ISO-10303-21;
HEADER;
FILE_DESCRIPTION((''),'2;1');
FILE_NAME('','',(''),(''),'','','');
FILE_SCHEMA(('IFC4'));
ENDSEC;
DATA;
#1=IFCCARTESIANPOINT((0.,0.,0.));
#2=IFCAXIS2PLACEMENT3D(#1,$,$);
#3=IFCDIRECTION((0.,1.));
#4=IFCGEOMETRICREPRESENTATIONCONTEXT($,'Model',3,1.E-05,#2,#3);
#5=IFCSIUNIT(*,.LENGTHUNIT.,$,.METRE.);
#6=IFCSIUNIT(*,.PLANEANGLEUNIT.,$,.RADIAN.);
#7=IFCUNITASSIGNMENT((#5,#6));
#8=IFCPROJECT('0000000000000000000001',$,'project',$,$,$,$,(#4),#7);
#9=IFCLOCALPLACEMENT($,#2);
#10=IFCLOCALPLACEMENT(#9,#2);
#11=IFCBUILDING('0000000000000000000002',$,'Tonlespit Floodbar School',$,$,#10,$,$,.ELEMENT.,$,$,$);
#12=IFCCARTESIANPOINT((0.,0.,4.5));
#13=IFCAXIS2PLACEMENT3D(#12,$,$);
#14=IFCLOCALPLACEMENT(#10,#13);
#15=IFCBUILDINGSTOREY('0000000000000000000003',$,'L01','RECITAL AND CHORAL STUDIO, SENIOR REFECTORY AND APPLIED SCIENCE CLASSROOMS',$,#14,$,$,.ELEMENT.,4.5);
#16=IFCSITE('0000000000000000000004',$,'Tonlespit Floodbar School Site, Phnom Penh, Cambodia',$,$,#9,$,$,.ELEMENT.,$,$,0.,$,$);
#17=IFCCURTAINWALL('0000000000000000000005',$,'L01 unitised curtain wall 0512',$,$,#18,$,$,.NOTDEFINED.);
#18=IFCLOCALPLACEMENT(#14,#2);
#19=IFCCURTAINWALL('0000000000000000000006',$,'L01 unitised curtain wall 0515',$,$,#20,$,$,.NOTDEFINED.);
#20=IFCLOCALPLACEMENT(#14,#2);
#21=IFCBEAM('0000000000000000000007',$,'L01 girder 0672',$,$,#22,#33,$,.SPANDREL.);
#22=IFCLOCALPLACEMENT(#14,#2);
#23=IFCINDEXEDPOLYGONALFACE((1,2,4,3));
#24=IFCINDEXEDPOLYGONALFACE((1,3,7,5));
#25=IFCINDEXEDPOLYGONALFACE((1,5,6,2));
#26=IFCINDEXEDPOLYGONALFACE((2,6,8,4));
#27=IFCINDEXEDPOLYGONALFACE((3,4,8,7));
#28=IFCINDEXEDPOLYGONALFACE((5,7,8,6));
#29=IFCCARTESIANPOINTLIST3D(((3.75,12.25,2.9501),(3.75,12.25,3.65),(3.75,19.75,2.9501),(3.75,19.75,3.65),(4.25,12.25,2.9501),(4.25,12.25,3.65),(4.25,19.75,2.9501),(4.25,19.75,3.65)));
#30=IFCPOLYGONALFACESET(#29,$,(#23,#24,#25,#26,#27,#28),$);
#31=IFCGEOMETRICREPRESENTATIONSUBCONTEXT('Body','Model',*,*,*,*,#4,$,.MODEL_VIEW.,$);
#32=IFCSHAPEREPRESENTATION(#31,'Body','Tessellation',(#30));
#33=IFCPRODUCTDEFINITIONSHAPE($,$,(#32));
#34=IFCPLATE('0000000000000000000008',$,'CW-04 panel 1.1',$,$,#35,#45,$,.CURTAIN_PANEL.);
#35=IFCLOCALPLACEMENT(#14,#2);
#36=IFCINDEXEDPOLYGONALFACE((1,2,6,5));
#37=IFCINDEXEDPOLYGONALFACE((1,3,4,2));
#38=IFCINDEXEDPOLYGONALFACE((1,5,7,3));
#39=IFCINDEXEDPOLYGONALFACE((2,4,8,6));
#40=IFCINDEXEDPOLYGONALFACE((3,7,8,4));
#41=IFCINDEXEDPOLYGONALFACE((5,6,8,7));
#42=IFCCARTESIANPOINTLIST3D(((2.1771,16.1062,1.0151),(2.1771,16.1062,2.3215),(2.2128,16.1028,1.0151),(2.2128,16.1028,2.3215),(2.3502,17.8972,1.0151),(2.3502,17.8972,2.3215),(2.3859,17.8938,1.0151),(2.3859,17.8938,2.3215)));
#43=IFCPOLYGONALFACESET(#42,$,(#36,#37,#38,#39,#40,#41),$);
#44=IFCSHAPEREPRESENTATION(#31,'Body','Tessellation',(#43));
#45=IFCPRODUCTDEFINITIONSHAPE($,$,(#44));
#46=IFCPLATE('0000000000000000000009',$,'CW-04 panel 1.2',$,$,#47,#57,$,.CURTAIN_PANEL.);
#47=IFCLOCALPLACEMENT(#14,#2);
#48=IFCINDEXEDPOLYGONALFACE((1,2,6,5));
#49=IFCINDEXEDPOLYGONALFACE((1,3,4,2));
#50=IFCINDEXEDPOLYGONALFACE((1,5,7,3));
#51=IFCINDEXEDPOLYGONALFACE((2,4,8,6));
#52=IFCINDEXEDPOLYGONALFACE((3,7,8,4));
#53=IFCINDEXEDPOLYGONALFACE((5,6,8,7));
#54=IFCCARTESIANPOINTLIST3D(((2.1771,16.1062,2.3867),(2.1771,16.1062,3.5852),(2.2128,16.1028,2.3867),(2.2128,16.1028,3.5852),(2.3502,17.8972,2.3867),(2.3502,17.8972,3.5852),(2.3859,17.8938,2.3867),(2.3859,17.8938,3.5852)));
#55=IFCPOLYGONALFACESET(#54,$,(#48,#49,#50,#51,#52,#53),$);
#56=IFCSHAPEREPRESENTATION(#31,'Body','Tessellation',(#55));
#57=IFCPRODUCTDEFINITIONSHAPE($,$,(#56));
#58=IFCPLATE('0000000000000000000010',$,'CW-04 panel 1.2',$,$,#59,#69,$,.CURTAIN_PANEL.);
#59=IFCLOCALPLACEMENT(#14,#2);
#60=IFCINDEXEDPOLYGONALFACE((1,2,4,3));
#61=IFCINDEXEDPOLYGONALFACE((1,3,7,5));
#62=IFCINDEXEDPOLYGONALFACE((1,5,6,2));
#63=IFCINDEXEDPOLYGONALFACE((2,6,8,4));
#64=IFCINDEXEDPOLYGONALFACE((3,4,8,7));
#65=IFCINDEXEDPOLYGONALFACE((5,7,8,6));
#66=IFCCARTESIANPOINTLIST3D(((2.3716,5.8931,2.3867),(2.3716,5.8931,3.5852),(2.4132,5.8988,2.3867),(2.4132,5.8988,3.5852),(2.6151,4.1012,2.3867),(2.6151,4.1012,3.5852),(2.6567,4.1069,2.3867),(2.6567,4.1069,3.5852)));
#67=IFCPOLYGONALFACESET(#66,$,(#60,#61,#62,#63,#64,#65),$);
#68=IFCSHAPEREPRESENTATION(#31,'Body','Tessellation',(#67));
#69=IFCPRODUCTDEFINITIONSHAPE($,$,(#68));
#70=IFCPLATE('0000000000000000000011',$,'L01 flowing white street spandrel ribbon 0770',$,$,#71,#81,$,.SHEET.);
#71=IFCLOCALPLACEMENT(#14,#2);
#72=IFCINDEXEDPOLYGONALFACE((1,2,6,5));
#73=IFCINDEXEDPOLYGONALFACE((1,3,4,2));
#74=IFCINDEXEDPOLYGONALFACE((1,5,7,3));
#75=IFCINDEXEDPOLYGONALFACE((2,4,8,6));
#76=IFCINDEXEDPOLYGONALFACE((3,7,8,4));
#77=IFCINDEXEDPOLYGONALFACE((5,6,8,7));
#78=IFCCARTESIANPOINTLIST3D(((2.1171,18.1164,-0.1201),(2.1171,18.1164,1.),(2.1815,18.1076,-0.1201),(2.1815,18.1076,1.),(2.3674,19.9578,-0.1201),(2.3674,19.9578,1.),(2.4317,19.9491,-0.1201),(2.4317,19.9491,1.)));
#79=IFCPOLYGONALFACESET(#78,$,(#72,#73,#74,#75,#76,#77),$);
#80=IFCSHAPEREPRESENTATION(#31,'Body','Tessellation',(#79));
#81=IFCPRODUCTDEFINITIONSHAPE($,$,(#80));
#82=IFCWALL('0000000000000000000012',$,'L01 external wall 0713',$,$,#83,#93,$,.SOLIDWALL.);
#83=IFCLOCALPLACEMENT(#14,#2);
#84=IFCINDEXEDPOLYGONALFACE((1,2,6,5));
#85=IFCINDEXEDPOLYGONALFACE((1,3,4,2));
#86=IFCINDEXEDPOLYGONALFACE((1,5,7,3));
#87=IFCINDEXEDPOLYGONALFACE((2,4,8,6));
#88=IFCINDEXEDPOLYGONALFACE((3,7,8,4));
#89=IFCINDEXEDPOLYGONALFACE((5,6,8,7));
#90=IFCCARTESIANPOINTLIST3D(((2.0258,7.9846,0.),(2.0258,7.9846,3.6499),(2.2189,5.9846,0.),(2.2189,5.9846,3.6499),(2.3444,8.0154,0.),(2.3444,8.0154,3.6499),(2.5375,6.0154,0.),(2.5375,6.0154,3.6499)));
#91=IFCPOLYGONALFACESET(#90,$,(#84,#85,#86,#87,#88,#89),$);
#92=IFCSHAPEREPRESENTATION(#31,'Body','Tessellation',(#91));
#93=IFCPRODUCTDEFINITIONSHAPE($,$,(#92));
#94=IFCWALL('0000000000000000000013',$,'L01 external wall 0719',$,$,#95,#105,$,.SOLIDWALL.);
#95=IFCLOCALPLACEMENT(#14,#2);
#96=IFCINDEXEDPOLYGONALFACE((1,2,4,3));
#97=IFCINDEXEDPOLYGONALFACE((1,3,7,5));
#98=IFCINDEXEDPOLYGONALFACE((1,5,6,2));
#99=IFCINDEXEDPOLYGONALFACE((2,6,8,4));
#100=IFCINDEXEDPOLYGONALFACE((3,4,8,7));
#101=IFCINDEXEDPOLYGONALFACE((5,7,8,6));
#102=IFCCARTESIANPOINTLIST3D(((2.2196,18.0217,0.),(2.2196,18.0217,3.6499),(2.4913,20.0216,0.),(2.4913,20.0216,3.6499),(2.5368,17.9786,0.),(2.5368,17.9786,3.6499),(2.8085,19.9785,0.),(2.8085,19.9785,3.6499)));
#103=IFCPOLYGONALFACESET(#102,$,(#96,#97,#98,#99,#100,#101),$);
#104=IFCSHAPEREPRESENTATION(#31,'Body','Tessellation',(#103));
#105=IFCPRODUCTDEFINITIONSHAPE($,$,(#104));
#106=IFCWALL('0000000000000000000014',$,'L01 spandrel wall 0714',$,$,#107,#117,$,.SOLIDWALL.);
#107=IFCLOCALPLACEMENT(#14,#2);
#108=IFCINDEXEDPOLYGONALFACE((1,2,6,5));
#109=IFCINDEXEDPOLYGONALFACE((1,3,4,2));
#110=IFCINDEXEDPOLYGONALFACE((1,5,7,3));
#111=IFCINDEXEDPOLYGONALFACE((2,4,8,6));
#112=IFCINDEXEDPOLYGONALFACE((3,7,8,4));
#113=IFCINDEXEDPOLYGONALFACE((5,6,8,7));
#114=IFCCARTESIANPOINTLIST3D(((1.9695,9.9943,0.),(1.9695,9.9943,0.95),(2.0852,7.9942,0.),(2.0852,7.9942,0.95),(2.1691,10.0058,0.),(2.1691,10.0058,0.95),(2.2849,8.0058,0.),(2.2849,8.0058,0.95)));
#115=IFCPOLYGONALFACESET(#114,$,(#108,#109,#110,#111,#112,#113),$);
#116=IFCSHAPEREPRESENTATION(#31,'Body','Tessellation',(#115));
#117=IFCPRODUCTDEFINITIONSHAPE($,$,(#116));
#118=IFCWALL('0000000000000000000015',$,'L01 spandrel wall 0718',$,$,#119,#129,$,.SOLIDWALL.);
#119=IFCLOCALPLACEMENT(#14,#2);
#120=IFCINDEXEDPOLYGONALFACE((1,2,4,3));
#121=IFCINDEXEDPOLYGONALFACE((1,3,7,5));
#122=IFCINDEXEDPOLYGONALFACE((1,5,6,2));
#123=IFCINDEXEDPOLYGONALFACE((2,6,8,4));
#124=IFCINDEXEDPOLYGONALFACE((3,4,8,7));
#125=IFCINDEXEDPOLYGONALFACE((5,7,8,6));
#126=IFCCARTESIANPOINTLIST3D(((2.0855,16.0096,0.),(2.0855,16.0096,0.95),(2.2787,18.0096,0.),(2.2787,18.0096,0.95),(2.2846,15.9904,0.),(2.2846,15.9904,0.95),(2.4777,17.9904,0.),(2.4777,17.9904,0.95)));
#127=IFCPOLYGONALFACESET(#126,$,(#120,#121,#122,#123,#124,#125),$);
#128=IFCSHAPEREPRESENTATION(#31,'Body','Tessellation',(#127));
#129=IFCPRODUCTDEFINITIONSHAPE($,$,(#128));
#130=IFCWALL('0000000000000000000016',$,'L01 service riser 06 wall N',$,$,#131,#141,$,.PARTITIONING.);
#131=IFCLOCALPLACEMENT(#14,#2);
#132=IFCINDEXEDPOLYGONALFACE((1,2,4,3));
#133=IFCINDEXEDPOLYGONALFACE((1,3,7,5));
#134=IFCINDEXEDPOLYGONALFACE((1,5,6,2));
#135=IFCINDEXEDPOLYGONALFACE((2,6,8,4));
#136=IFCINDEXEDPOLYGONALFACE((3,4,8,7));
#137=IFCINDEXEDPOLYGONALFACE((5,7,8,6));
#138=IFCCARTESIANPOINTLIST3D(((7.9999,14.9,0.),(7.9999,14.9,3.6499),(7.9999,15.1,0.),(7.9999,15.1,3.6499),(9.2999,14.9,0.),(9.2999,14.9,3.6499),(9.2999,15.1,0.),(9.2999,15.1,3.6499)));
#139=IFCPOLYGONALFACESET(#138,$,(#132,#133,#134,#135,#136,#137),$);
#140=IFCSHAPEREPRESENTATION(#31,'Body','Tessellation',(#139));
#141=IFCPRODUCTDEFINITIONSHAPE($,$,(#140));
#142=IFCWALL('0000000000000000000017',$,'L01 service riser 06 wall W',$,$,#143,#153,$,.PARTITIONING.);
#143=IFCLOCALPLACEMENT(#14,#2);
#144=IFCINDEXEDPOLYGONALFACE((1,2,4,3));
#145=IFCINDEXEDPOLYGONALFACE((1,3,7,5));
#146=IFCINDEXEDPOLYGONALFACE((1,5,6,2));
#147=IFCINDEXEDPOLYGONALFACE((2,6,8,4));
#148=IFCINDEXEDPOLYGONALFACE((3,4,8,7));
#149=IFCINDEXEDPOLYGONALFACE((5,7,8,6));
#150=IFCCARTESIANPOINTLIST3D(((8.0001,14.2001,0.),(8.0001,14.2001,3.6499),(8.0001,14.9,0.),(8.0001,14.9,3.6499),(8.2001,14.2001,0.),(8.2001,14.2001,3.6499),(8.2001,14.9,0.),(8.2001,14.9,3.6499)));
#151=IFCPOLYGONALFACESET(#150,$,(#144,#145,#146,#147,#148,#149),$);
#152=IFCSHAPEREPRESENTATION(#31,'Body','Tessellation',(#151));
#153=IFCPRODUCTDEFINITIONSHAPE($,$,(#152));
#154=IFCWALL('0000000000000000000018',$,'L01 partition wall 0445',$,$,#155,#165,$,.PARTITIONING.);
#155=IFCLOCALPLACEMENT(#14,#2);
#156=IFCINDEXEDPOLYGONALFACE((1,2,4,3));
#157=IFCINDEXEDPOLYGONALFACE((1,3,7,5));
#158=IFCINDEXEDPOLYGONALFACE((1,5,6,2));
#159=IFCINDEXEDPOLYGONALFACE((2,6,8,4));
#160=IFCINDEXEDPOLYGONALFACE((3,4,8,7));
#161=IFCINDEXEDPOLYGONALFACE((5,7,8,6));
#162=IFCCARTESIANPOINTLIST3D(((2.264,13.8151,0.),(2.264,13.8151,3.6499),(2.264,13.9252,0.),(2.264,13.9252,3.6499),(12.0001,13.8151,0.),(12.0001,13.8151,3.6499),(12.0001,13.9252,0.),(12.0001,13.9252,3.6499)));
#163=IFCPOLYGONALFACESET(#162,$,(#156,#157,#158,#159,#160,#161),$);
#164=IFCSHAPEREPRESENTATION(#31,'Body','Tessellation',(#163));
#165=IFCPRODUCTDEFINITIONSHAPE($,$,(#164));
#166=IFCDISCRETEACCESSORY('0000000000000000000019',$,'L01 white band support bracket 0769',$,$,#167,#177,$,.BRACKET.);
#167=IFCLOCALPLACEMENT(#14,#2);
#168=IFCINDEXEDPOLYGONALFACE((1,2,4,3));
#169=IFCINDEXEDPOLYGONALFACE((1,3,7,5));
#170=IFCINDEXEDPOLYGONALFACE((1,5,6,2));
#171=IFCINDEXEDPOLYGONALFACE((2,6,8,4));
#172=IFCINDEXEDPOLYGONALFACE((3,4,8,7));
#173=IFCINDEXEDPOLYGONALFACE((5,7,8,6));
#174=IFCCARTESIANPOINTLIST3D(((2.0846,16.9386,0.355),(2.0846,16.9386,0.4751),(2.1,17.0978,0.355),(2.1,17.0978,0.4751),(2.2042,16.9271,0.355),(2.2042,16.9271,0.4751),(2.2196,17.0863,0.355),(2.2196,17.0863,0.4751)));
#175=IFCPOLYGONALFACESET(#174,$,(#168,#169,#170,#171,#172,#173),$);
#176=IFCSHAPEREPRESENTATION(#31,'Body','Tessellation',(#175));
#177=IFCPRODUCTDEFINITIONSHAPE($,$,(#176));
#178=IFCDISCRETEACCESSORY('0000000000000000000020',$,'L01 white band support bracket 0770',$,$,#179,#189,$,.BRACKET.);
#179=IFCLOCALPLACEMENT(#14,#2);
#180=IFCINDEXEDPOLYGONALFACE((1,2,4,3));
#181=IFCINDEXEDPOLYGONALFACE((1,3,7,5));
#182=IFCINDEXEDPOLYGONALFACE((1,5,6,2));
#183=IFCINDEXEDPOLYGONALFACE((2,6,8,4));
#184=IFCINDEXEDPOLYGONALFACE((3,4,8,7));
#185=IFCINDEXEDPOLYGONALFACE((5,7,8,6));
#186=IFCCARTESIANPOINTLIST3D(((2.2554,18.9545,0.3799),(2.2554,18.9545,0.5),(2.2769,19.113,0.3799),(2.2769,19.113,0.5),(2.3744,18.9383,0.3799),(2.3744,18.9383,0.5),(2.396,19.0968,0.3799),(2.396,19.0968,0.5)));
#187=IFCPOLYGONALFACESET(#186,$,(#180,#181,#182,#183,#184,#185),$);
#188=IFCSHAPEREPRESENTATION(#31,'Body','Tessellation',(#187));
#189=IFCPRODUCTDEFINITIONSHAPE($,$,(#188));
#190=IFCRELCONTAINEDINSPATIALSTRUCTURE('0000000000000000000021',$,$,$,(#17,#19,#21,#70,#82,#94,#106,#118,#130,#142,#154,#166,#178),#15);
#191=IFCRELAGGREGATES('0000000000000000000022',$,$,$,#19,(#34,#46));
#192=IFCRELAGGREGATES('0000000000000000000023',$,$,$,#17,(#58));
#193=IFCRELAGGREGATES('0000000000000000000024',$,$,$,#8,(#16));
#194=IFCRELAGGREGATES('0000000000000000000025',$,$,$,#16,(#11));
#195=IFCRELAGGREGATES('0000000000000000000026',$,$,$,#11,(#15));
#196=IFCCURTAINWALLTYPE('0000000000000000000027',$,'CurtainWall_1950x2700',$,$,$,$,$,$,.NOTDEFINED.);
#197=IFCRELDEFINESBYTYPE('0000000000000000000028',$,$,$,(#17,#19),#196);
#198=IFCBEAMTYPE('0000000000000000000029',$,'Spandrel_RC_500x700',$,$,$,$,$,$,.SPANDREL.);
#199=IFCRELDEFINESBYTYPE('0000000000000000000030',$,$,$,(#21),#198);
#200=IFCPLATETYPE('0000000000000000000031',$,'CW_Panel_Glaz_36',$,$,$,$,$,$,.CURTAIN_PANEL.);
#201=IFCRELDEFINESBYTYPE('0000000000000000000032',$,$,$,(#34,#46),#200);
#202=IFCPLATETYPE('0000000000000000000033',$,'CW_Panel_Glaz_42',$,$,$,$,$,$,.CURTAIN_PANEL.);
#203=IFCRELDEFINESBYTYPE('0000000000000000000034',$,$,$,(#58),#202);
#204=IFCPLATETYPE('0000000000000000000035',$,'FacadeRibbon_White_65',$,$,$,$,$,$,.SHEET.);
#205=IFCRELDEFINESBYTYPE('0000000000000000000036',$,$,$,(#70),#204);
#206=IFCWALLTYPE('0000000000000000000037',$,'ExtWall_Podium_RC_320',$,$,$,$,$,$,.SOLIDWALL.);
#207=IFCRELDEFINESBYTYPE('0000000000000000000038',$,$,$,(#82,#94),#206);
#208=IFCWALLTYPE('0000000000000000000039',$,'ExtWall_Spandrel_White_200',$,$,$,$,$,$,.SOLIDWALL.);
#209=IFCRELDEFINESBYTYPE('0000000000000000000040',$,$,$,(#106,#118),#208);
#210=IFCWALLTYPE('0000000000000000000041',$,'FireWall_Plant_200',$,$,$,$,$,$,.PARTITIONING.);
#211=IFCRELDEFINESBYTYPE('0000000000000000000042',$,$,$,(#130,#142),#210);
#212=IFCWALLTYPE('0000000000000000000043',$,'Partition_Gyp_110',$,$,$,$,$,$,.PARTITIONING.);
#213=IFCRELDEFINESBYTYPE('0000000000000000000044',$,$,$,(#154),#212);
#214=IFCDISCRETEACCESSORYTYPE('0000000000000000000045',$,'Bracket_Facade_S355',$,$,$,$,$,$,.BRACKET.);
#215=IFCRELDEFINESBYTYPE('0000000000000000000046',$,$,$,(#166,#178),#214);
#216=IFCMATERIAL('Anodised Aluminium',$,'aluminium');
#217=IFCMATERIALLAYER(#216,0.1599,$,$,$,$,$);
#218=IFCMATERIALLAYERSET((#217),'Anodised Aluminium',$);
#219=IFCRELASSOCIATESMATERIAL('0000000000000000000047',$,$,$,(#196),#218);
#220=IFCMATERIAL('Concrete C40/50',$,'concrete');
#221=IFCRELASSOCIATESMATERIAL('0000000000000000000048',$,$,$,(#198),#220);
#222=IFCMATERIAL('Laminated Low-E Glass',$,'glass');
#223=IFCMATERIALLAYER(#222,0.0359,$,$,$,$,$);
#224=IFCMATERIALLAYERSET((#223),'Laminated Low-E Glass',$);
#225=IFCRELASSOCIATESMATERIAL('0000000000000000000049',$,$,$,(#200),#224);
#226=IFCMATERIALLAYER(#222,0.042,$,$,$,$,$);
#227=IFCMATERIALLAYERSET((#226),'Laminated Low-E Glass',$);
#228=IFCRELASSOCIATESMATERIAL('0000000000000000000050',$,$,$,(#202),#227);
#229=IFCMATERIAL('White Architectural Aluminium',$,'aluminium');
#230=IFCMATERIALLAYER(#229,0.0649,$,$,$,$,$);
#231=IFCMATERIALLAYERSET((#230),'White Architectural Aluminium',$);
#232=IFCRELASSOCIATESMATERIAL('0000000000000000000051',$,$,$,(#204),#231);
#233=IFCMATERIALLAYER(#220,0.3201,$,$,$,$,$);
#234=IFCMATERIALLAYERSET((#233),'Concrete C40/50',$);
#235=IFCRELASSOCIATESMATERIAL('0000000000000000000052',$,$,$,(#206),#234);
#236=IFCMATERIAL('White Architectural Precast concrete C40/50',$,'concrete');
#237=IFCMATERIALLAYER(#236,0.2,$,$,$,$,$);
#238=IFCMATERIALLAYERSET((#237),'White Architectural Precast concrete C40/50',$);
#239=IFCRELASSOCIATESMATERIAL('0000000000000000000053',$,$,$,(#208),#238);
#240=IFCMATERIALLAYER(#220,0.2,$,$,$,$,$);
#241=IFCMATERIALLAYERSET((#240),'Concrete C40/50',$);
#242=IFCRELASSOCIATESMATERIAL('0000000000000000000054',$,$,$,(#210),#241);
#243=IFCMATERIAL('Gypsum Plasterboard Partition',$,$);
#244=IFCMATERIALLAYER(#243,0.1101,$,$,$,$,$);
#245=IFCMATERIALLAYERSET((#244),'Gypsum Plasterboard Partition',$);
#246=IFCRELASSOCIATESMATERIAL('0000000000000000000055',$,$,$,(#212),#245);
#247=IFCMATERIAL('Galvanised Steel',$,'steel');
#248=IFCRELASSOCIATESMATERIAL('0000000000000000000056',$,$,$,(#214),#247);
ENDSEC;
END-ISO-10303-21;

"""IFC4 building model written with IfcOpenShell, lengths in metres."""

from ifc_helpers import new_model, si_unit, direction, frame, frame_2d, origin, origin_2d, place, context, subcontext, project, spatial, rectangle, extrude, material, layer, layer_set, material_profile, profile_set, type_object, element, aggregate, save


model = new_model("IFC4")

# Units and contexts
model_context = context("Model", 3, precision=1e-05, world=origin(), true_north=direction((0.0, 1.0)))
body_context = subcontext(model_context, "Body", "Model", "MODEL_VIEW")
ifc_project = project(units=[si_unit("LENGTHUNIT", "METRE"), si_unit("PLANEANGLEUNIT", "RADIAN")], contexts=[model_context])

# Site, building, storey
site_placement = place(None, origin())
site = spatial("IfcSite", under=ifc_project, at=site_placement, Name="Tonlespit Floodbar School Site, Phnom Penh, Cambodia", CompositionType="ELEMENT", RefElevation=0.0)
building_placement = place(site_placement, origin())
building = spatial("IfcBuilding", under=site, at=building_placement, Name="Tonlespit Floodbar School", CompositionType="ELEMENT")
storey_placement = place(building_placement, frame((0.0, 0.0, 4.5)))
storey = spatial("IfcBuildingStorey", under=building, at=storey_placement, Name="L01", Description="RECITAL AND CHORAL STUDIO, SENIOR REFECTORY AND APPLIED SCIENCE CLASSROOMS", CompositionType="ELEMENT", Elevation=4.5)

# Shared definitions
ifc_material_1 = material(Name="Concrete C40/50", Category="concrete")

# Curtain wall
ifc_material_2 = material(Name="Anodised Aluminium", Category="aluminium")
ifc_layer_1 = layer(ifc_material_2, 0.1599)
ifc_layer_set_1 = layer_set([ifc_layer_1], Name="Anodised Aluminium")
curtain_wall_type_1 = type_object("IfcCurtainWallType", Name="CurtainWall_1950x2700", PredefinedType="NOTDEFINED", material=ifc_layer_set_1)
curtain_wall_1_placement = place(storey_placement, origin())
curtain_wall_1 = element("IfcCurtainWall", 1, at=curtain_wall_1_placement, inside=storey, type_object=curtain_wall_type_1, Name="L01 unitised curtain wall 0512", PredefinedType="NOTDEFINED")

# Curtain wall
curtain_wall_2_placement = place(storey_placement, origin())
curtain_wall_2 = element("IfcCurtainWall", 2, at=curtain_wall_2_placement, inside=storey, type_object=curtain_wall_type_1, Name="L01 unitised curtain wall 0515", PredefinedType="NOTDEFINED")

# Beam
ifc_material_profile_1 = material_profile(ifc_material_1, rectangle(XDim=0.5, YDim=0.7, at=origin_2d()), Name="RC 500x700")
ifc_profile_set_1 = profile_set([ifc_material_profile_1], Name="Concrete C40/50")
beam_type_1 = type_object("IfcBeamType", Name="Spandrel_RC_500x700", PredefinedType="SPANDREL", material=ifc_profile_set_1)
beam_1_placement = place(storey_placement, frame((4.0, 12.25, 3.3), z_axis=(0.0, 1.0, 0.0), x_axis=(-1.0, 0.0, 0.0)))
element("IfcBeam", 3, at=beam_1_placement, inside=storey, type_object=beam_type_1, Name="L01 girder 0672", PredefinedType="SPANDREL", context=body_context, shape_type="SweptSolid", body=[
    extrude(rectangle(XDim=0.5, YDim=0.7, at=origin_2d()), origin(), (0.0, 0.0, 1.0), 7.5),
])

# Plates
ifc_material_3 = material(Name="Laminated Low-E Glass", Category="glass")
ifc_layer_2 = layer(ifc_material_3, 0.0359)
ifc_layer_set_2 = layer_set([ifc_layer_2], Name="Laminated Low-E Glass")
plate_type_1 = type_object("IfcPlateType", Name="CW_Panel_Glaz_36", PredefinedType="CURTAIN_PANEL", material=ifc_layer_set_2)
plate_1_placement = place(storey_placement, frame((2.2815, 17.0, 1.0151), z_axis=(0.0, 0.0, 1.0), x_axis=(0.096198, 0.995362, 0.0)))
plate_1 = element("IfcPlate", 4, at=plate_1_placement, type_object=plate_type_1, Name="CW-04 panel 1.1", PredefinedType="CURTAIN_PANEL", context=body_context, shape_type="SweptSolid", body=[
    extrude(rectangle(XDim=1.7993, YDim=0.0359, at=origin_2d()), origin(), (0.0, 0.0, 1.0), 1.3064),
])
plate_2_placement = place(storey_placement, frame((2.2815, 17.0, 2.3867), z_axis=(0.0, 0.0, 1.0), x_axis=(0.096198, 0.995362, 0.0)))
plate_2 = element("IfcPlate", 5, at=plate_2_placement, type_object=plate_type_1, Name="CW-04 panel 1.2", PredefinedType="CURTAIN_PANEL", context=body_context, shape_type="SweptSolid", body=[
    extrude(rectangle(XDim=1.7993, YDim=0.0359, at=origin_2d()), origin(), (0.0, 0.0, 1.0), 1.1985),
])
aggregate(curtain_wall_2, [plate_1, plate_2])
ifc_layer_3 = layer(ifc_material_3, 0.042)
ifc_layer_set_3 = layer_set([ifc_layer_3], Name="Laminated Low-E Glass")
plate_type_2 = type_object("IfcPlateType", Name="CW_Panel_Glaz_42", PredefinedType="CURTAIN_PANEL", material=ifc_layer_set_3)
plate_3_placement = place(storey_placement, frame((2.5142, 5.0, 2.3867), z_axis=(0.0, 0.0, 1.0), x_axis=(-0.134644, 0.990894, 0.0)))
plate_3 = element("IfcPlate", 6, at=plate_3_placement, type_object=plate_type_2, Name="CW-04 panel 1.2", PredefinedType="CURTAIN_PANEL", context=body_context, shape_type="SweptSolid", body=[
    extrude(rectangle(XDim=1.8083, YDim=0.042, at=origin_2d()), origin(), (0.0, 0.0, 1.0), 1.1985),
])
aggregate(curtain_wall_1, [plate_3])
ifc_material_4 = material(Name="White Architectural Aluminium", Category="aluminium")
ifc_layer_4 = layer(ifc_material_4, 0.0649)
ifc_layer_set_4 = layer_set([ifc_layer_4], Name="White Architectural Aluminium")
plate_type_3 = type_object("IfcPlateType", Name="FacadeRibbon_White_65", PredefinedType="SHEET", material=ifc_layer_set_4)
plate_4_placement = place(storey_placement, frame((2.2744, 19.0327, -0.1201), z_axis=(0.0, 0.0, 1.0), x_axis=(0.134662, 0.990892, 0.0)))
element("IfcPlate", 7, at=plate_4_placement, inside=storey, type_object=plate_type_3, Name="L01 flowing white street spandrel ribbon 0770", PredefinedType="SHEET", context=body_context, shape_type="SweptSolid", body=[
    extrude(rectangle(XDim=1.8584, YDim=0.0649, at=origin_2d()), origin(), (0.0, 0.0, 1.0), 1.1201),
])

# Walls
ifc_layer_5 = layer(ifc_material_1, 0.3201)
ifc_layer_set_5 = layer_set([ifc_layer_5], Name="Concrete C40/50")
wall_type_1 = type_object("IfcWallType", Name="ExtWall_Podium_RC_320", PredefinedType="SOLIDWALL", material=ifc_layer_set_5)
wall_1_placement = place(storey_placement, frame((2.3782, 6.0, 0.0), z_axis=(0.0, 0.0, 1.0), x_axis=(-0.096111, 0.995371, 0.0)))
element("IfcWall", 8, at=wall_1_placement, inside=storey, type_object=wall_type_1, Name="L01 external wall 0713", PredefinedType="SOLIDWALL", context=body_context, shape_type="SweptSolid", body=[
    extrude(rectangle(XDim=2.0093, YDim=0.3201, at=frame_2d((1.0046, 0.0))), origin(), (0.0, 0.0, 1.0), 3.6499),
])
wall_2_placement = place(storey_placement, frame((2.3782, 18.0, 0.0), z_axis=(0.0, 0.0, 1.0), x_axis=(0.134627, 0.990896, 0.0)))
element("IfcWall", 9, at=wall_2_placement, inside=storey, type_object=wall_type_1, Name="L01 external wall 0719", PredefinedType="SOLIDWALL", context=body_context, shape_type="SweptSolid", body=[
    extrude(rectangle(XDim=2.0183, YDim=0.3201, at=frame_2d((1.0093, 0.0))), origin(), (0.0, 0.0, 1.0), 3.6499),
])
ifc_material_5 = material(Name="White Architectural Precast concrete C40/50", Category="concrete")
ifc_layer_6 = layer(ifc_material_5, 0.2)
ifc_layer_set_6 = layer_set([ifc_layer_6], Name="White Architectural Precast concrete C40/50")
wall_type_2 = type_object("IfcWallType", Name="ExtWall_Spandrel_White_200", PredefinedType="SOLIDWALL", material=ifc_layer_set_6)
wall_3_placement = place(storey_placement, frame((2.1851, 8.0, 0.0), z_axis=(0.0, 0.0, 1.0), x_axis=(-0.057765, 0.99833, 0.0)))
element("IfcWall", 10, at=wall_3_placement, inside=storey, type_object=wall_type_2, Name="L01 spandrel wall 0714", PredefinedType="SOLIDWALL", context=body_context, shape_type="SweptSolid", body=[
    extrude(rectangle(XDim=2.0034, YDim=0.2, at=frame_2d((1.0017, 0.0))), origin(), (0.0, 0.0, 1.0), 0.95),
])
wall_4_placement = place(storey_placement, frame((2.1851, 16.0, 0.0), z_axis=(0.0, 0.0, 1.0), x_axis=(0.096111, 0.995371, 0.0)))
element("IfcWall", 11, at=wall_4_placement, inside=storey, type_object=wall_type_2, Name="L01 spandrel wall 0718", PredefinedType="SOLIDWALL", context=body_context, shape_type="SweptSolid", body=[
    extrude(rectangle(XDim=2.0093, YDim=0.2, at=frame_2d((1.0046, 0.0))), origin(), (0.0, 0.0, 1.0), 0.95),
])
ifc_layer_7 = layer(ifc_material_1, 0.2)
ifc_layer_set_7 = layer_set([ifc_layer_7], Name="Concrete C40/50")
wall_type_3 = type_object("IfcWallType", Name="FireWall_Plant_200", PredefinedType="PARTITIONING", material=ifc_layer_set_7)
wall_5_placement = place(storey_placement, frame((8.0, 15.0, 0.0), z_axis=(0.0, 0.0, 1.0), x_axis=(1.0, 0.0, 0.0)))
element("IfcWall", 12, at=wall_5_placement, inside=storey, type_object=wall_type_3, Name="L01 service riser 06 wall N", PredefinedType="PARTITIONING", context=body_context, shape_type="SweptSolid", body=[
    extrude(rectangle(XDim=1.3, YDim=0.2, at=frame_2d((0.6499, 0.0))), origin(), (0.0, 0.0, 1.0), 3.6499),
])
wall_6_placement = place(storey_placement, frame((8.1001, 14.2, 0.0), z_axis=(0.0, 0.0, 1.0), x_axis=(0.0, 1.0, 0.0)))
element("IfcWall", 13, at=wall_6_placement, inside=storey, type_object=wall_type_3, Name="L01 service riser 06 wall W", PredefinedType="PARTITIONING", context=body_context, shape_type="SweptSolid", body=[
    extrude(rectangle(XDim=0.7, YDim=0.2, at=frame_2d((0.3501, 0.0))), origin(), (0.0, 0.0, 1.0), 3.6499),
])
ifc_material_6 = material(Name="Gypsum Plasterboard Partition")
ifc_layer_8 = layer(ifc_material_6, 0.1101)
ifc_layer_set_8 = layer_set([ifc_layer_8], Name="Gypsum Plasterboard Partition")
wall_type_4 = type_object("IfcWallType", Name="Partition_Gyp_110", PredefinedType="PARTITIONING", material=ifc_layer_set_8)
wall_7_placement = place(storey_placement, frame((2.2639, 13.8701, 0.0), z_axis=(0.0, 0.0, 1.0), x_axis=(1.0, 0.0, 0.0)))
element("IfcWall", 14, at=wall_7_placement, inside=storey, type_object=wall_type_4, Name="L01 partition wall 0445", PredefinedType="PARTITIONING", context=body_context, shape_type="SweptSolid", body=[
    extrude(rectangle(XDim=9.7361, YDim=0.1101, at=frame_2d((4.8682, 0.0))), origin(), (0.0, 0.0, 1.0), 3.6499),
])

# Discrete accessories
ifc_material_7 = material(Name="Galvanised Steel", Category="steel")
discrete_accessory_type = type_object("IfcDiscreteAccessoryType", Name="Bracket_Facade_S355", PredefinedType="BRACKET", material=ifc_material_7)
for number, where, z_axis, x_axis, name in (
    (15, (2.1521, 17.0125, 0.355), (0.0, 0.0, 1.0), (0.096153, 0.995367, 0.0), "L01 white band support bracket 0769"),
    (16, (2.3257, 19.0256, 0.3799), (0.0, 0.0, 1.0), (0.134662, 0.990892, 0.0), "L01 white band support bracket 0770"),
):
    element("IfcDiscreteAccessory", number, at=place(storey_placement, frame(where, z_axis=z_axis, x_axis=x_axis)), inside=storey, type_object=discrete_accessory_type, Name=name, PredefinedType="BRACKET", context=body_context, shape_type="SweptSolid", body=[
        extrude(rectangle(XDim=0.1599, YDim=0.1201, at=origin_2d()), origin(), (0.0, 0.0, 1.0), 0.1201),
    ])

save(model, "model.ifc")
